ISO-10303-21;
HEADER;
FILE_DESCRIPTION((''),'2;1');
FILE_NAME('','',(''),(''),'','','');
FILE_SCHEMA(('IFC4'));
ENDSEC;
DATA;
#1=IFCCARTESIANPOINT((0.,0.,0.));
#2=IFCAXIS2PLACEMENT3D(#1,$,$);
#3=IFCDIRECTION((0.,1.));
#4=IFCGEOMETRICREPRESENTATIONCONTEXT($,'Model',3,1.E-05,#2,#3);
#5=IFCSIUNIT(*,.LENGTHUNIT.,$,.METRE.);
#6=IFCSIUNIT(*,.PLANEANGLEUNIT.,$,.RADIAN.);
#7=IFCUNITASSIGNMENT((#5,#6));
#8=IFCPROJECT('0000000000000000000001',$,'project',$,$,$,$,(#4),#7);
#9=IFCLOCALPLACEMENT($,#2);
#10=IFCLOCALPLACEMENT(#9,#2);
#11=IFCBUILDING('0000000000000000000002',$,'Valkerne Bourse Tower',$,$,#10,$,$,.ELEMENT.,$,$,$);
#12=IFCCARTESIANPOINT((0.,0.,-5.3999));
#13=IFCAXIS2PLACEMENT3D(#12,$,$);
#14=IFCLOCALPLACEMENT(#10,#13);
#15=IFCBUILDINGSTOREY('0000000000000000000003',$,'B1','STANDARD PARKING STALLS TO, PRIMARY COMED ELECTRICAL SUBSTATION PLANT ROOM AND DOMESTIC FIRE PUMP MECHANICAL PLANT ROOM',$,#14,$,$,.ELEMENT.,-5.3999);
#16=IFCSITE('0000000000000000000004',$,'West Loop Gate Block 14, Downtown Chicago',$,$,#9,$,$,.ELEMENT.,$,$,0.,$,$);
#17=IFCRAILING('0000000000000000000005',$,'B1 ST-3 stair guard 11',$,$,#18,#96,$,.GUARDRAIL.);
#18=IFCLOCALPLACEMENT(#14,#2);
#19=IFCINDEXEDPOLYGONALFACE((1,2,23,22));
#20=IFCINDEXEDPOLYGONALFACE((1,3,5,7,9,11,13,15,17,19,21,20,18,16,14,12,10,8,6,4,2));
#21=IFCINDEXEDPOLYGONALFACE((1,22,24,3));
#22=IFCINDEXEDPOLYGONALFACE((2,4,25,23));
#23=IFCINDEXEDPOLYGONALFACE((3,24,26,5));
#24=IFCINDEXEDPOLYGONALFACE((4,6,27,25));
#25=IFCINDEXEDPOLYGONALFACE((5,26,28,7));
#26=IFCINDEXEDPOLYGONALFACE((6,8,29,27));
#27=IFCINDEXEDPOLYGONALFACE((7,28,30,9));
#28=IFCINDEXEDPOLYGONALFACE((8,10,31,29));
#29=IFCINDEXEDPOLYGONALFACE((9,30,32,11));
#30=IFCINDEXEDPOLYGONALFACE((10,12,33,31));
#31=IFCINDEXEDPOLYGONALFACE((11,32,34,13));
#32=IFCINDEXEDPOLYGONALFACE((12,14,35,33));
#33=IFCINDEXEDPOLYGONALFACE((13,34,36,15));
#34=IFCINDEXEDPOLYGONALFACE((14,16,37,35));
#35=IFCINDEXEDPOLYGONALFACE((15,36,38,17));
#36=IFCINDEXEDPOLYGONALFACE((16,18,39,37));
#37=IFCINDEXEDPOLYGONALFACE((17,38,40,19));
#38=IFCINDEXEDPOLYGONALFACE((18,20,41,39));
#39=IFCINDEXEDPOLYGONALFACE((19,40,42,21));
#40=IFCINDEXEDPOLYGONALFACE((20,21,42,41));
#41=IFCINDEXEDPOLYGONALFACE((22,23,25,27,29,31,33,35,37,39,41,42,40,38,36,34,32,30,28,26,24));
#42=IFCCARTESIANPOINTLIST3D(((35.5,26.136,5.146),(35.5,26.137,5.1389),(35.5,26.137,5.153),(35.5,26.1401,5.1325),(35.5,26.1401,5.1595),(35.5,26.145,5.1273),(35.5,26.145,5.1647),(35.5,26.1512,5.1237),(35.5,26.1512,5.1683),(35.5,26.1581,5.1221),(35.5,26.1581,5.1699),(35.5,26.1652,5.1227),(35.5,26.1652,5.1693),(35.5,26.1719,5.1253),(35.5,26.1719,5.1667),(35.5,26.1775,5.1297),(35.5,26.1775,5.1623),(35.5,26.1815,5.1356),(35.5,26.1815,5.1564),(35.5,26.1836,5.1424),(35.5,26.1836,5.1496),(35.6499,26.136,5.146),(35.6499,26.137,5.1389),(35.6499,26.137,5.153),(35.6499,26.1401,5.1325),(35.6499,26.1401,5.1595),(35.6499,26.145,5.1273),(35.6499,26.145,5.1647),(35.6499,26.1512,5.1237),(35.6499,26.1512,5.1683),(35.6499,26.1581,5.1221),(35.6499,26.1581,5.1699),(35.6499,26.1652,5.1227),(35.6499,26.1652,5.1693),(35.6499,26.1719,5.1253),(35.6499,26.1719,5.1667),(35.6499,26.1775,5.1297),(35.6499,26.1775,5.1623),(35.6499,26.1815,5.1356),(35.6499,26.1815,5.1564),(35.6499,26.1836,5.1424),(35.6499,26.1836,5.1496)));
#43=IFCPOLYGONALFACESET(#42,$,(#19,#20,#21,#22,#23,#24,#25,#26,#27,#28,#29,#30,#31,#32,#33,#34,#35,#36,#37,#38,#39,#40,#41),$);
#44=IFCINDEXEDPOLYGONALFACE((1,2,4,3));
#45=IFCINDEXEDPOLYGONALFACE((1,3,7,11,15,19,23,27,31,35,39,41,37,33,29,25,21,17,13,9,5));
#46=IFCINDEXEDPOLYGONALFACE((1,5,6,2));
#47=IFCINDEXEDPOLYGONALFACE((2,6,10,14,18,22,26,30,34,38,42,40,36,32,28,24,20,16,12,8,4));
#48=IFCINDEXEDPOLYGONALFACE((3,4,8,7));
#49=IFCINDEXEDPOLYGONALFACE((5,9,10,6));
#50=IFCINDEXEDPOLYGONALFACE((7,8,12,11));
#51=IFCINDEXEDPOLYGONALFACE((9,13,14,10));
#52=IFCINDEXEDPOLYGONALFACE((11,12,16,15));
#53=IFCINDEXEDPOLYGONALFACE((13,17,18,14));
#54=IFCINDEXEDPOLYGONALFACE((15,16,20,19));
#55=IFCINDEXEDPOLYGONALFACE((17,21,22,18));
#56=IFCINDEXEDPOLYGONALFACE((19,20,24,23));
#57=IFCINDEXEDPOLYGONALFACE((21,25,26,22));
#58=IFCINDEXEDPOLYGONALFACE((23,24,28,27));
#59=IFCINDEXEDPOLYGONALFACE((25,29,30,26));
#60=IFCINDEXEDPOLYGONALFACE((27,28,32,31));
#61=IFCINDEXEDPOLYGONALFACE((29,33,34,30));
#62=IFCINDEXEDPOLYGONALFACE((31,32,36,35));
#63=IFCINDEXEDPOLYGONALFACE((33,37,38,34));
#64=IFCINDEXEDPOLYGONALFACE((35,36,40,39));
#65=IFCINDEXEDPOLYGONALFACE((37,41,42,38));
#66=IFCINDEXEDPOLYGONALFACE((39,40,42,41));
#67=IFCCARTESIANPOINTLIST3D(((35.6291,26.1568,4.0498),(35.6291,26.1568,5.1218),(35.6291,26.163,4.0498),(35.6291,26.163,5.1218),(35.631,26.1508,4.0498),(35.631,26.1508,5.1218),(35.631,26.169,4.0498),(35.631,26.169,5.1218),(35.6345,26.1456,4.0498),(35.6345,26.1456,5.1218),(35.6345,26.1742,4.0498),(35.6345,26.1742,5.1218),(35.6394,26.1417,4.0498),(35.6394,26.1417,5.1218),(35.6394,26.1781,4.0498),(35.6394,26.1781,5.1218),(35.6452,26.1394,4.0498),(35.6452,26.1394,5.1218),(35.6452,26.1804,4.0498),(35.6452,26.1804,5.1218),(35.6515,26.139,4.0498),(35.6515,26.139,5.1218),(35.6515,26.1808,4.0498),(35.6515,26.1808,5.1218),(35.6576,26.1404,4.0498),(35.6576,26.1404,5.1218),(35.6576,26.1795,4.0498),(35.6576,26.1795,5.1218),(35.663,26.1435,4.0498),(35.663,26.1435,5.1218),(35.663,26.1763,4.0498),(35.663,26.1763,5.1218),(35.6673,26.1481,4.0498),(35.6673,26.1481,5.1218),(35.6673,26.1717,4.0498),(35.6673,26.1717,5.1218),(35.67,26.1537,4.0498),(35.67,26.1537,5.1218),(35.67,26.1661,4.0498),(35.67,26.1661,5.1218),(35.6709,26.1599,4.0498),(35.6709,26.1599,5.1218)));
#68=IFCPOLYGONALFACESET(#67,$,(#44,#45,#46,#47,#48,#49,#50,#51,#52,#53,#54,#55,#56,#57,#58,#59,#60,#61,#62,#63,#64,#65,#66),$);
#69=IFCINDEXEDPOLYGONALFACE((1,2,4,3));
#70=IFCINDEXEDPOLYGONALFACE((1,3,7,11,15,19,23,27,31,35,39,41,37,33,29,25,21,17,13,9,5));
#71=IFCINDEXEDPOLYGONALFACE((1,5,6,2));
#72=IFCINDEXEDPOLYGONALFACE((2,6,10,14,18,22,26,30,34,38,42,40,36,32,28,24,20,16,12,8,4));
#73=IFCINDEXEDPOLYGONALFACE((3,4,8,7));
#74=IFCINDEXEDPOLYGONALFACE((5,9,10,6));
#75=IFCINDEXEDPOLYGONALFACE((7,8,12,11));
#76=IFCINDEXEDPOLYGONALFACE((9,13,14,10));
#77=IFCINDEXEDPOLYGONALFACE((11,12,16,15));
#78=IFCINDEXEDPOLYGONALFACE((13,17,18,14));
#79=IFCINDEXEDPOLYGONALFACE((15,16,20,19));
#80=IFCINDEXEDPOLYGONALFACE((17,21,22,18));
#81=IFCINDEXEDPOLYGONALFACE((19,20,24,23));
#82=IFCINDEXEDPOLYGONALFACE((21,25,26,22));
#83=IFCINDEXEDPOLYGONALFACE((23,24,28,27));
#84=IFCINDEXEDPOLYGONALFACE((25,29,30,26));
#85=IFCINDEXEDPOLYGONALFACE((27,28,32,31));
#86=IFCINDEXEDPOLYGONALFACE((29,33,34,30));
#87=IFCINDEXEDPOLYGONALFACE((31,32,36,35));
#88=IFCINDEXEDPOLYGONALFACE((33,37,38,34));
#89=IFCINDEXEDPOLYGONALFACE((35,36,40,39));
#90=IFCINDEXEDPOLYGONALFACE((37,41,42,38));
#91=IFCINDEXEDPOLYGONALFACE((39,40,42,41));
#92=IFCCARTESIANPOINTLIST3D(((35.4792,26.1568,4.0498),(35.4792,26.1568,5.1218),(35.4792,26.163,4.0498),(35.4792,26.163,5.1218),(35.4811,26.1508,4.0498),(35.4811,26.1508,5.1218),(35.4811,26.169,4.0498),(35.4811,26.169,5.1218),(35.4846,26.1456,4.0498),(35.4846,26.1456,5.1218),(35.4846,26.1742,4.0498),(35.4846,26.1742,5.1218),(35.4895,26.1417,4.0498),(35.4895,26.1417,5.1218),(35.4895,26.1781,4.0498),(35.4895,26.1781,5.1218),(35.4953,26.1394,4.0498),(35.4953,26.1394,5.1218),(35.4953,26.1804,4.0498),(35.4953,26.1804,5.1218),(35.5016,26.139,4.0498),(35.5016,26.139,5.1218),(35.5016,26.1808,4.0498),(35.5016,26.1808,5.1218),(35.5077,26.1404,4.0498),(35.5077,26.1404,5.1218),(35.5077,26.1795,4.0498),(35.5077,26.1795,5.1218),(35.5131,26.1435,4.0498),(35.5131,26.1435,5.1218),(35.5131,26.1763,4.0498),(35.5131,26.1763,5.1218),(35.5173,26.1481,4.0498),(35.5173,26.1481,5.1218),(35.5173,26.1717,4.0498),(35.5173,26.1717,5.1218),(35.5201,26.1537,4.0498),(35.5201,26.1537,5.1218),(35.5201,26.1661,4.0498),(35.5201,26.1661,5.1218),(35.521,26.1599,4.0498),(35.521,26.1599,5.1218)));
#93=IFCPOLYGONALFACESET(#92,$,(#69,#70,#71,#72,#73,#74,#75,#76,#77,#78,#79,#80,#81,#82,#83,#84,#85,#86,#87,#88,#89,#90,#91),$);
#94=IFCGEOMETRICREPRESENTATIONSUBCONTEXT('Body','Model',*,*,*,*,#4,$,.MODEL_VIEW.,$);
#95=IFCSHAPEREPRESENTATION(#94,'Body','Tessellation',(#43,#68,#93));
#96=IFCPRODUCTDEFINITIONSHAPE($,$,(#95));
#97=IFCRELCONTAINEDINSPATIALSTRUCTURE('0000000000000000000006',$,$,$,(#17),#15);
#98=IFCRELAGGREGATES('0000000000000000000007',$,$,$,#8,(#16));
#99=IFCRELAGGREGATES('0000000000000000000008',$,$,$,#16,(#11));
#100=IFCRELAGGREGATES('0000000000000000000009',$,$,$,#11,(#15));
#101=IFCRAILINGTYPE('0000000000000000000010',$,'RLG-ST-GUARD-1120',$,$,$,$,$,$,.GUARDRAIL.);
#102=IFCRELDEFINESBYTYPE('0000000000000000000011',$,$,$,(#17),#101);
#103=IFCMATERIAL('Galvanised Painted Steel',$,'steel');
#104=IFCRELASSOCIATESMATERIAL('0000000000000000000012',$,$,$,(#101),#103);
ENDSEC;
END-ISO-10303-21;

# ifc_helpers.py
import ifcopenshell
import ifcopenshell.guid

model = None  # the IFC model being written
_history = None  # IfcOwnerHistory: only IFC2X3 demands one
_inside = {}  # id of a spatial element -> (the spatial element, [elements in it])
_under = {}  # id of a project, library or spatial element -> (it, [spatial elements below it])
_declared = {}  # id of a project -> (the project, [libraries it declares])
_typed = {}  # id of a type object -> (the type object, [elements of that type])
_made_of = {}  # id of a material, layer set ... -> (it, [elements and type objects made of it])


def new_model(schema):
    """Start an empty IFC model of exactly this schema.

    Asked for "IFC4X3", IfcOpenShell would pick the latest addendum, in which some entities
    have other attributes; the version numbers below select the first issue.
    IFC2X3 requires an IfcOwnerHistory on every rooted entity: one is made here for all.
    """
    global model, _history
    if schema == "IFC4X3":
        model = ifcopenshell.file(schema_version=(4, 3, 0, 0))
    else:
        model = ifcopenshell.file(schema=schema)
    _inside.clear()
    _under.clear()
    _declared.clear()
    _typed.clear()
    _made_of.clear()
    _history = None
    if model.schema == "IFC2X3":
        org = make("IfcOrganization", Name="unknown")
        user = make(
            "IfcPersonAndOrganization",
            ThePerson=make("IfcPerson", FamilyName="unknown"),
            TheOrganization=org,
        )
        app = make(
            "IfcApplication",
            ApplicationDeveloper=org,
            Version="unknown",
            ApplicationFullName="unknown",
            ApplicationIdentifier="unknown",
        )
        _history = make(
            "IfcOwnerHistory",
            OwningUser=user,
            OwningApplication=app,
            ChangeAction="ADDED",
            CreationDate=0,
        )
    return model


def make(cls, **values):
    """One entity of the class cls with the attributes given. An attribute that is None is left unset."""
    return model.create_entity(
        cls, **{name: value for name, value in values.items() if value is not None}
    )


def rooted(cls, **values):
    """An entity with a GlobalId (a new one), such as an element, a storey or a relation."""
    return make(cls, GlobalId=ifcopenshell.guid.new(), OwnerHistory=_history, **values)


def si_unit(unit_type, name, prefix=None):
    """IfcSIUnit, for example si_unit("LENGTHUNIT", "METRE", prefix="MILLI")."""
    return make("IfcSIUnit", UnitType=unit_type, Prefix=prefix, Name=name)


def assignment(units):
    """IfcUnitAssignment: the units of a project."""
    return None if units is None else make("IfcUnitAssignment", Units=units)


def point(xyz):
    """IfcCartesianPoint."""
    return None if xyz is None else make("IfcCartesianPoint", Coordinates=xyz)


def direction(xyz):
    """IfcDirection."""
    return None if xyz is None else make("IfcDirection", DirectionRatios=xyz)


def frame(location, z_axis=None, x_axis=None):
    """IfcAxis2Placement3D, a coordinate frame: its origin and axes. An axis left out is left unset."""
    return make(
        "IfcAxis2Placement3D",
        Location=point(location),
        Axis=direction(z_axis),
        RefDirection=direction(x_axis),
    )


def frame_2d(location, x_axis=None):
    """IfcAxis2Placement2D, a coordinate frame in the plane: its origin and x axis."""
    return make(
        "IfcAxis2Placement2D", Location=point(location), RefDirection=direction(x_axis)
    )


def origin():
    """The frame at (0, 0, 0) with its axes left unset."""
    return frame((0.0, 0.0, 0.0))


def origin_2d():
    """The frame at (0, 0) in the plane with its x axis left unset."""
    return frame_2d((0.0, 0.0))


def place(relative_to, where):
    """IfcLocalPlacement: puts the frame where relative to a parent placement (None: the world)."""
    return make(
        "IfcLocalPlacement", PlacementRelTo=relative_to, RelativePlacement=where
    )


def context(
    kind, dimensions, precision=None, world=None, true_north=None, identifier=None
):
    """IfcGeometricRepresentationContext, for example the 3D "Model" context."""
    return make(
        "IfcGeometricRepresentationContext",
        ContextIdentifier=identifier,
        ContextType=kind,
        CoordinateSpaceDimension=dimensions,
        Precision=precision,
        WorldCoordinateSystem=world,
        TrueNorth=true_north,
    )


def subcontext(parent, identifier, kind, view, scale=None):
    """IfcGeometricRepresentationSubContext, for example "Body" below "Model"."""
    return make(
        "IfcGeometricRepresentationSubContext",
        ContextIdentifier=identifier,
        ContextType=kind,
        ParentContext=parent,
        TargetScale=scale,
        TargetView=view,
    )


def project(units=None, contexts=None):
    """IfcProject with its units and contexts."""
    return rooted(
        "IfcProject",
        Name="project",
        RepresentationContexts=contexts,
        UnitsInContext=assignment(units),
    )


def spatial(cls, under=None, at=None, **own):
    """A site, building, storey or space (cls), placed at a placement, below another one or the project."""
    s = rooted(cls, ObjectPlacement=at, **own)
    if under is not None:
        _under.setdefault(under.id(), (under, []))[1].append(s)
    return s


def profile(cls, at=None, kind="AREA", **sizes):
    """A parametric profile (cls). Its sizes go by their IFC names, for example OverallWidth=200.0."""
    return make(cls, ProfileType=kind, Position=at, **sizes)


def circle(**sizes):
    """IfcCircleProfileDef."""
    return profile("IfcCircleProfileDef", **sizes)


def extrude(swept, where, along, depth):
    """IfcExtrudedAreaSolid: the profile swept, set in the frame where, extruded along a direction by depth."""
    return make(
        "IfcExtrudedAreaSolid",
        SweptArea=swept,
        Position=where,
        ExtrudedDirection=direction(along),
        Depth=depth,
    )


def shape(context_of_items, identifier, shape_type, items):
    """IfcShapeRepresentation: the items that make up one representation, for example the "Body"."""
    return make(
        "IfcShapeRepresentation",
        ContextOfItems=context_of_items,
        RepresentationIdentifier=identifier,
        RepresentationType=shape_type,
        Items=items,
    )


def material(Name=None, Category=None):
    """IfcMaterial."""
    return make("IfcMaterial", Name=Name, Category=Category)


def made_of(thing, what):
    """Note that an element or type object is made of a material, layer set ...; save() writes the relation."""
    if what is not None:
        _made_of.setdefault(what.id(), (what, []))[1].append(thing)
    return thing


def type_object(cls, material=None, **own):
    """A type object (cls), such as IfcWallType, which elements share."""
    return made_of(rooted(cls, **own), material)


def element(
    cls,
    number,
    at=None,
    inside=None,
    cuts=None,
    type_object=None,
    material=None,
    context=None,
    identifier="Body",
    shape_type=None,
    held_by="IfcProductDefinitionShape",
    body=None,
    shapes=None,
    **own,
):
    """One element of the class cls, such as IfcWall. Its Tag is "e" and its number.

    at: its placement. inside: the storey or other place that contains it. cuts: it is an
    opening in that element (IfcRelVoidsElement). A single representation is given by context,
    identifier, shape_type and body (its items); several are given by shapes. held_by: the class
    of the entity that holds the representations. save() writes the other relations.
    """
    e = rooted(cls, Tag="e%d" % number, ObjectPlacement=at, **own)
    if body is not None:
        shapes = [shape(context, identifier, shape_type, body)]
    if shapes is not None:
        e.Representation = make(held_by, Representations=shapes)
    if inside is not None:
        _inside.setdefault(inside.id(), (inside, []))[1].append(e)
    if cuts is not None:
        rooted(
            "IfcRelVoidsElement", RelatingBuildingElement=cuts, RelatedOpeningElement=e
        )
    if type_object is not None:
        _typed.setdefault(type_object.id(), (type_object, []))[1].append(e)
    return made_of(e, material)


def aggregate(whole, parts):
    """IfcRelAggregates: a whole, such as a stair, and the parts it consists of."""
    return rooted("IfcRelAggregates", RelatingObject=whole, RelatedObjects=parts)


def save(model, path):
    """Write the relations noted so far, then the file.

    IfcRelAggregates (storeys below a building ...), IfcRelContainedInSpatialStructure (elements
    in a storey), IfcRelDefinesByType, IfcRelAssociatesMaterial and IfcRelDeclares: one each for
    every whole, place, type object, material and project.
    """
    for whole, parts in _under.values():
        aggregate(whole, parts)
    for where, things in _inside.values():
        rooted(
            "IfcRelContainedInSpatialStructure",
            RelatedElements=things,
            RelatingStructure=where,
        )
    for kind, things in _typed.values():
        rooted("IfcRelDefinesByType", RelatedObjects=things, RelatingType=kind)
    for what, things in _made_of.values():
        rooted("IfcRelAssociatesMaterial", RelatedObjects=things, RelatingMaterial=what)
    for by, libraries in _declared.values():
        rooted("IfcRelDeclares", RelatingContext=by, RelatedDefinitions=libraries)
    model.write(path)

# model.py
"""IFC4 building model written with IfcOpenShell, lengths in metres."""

from ifc_helpers import new_model, si_unit, direction, frame, origin, origin_2d, place, context, subcontext, project, spatial, circle, extrude, material, type_object, element, save


model = new_model("IFC4")

# Units and contexts
model_context = context("Model", 3, precision=1e-05, world=origin(), true_north=direction((0.0, 1.0)))
body_context = subcontext(model_context, "Body", "Model", "MODEL_VIEW")
ifc_project = project(units=[si_unit("LENGTHUNIT", "METRE"), si_unit("PLANEANGLEUNIT", "RADIAN")], contexts=[model_context])

# Site, building, storey
site_placement = place(None, origin())
site = spatial("IfcSite", under=ifc_project, at=site_placement, Name="West Loop Gate Block 14, Downtown Chicago", CompositionType="ELEMENT", RefElevation=0.0)
building_placement = place(site_placement, origin())
building = spatial("IfcBuilding", under=site, at=building_placement, Name="Valkerne Bourse Tower", CompositionType="ELEMENT")
storey_placement = place(building_placement, frame((0.0, 0.0, -5.3999)))
storey = spatial("IfcBuildingStorey", under=building, at=storey_placement, Name="B1", Description="STANDARD PARKING STALLS TO, PRIMARY COMED ELECTRICAL SUBSTATION PLANT ROOM AND DOMESTIC FIRE PUMP MECHANICAL PLANT ROOM", CompositionType="ELEMENT", Elevation=-5.3999)

# Shared definitions
ifc_material_1 = material(Name="Galvanised Painted Steel", Category="steel")

# Railing
railing_type = type_object("IfcRailingType", Name="RLG-ST-GUARD-1120", PredefinedType="GUARDRAIL", material=ifc_material_1)
railing_1_placement = place(storey_placement, frame((35.6499, 26.1599, 4.0498)))
element("IfcRailing", 1, at=railing_1_placement, inside=storey, type_object=railing_type, Name="B1 ST-3 stair guard 11", PredefinedType="GUARDRAIL", context=body_context, shape_type="SweptSolid", body=[
    extrude(circle(Radius=0.0239, at=origin_2d()), frame((0.0, 0.0, 1.0962), z_axis=(-1.0, 0.0, 0.0), x_axis=(0.0, -1.0, 0.0)), (0.0, 0.0, 1.0), 0.1499),
    extrude(circle(Radius=0.021, at=origin_2d()), origin(), (0.0, 0.0, 1.0), 1.072),
    extrude(circle(Radius=0.021, at=origin_2d()), frame((-0.1499, 0.0, 0.0)), (0.0, 0.0, 1.0), 1.072),
])

save(model, "model.ifc")
